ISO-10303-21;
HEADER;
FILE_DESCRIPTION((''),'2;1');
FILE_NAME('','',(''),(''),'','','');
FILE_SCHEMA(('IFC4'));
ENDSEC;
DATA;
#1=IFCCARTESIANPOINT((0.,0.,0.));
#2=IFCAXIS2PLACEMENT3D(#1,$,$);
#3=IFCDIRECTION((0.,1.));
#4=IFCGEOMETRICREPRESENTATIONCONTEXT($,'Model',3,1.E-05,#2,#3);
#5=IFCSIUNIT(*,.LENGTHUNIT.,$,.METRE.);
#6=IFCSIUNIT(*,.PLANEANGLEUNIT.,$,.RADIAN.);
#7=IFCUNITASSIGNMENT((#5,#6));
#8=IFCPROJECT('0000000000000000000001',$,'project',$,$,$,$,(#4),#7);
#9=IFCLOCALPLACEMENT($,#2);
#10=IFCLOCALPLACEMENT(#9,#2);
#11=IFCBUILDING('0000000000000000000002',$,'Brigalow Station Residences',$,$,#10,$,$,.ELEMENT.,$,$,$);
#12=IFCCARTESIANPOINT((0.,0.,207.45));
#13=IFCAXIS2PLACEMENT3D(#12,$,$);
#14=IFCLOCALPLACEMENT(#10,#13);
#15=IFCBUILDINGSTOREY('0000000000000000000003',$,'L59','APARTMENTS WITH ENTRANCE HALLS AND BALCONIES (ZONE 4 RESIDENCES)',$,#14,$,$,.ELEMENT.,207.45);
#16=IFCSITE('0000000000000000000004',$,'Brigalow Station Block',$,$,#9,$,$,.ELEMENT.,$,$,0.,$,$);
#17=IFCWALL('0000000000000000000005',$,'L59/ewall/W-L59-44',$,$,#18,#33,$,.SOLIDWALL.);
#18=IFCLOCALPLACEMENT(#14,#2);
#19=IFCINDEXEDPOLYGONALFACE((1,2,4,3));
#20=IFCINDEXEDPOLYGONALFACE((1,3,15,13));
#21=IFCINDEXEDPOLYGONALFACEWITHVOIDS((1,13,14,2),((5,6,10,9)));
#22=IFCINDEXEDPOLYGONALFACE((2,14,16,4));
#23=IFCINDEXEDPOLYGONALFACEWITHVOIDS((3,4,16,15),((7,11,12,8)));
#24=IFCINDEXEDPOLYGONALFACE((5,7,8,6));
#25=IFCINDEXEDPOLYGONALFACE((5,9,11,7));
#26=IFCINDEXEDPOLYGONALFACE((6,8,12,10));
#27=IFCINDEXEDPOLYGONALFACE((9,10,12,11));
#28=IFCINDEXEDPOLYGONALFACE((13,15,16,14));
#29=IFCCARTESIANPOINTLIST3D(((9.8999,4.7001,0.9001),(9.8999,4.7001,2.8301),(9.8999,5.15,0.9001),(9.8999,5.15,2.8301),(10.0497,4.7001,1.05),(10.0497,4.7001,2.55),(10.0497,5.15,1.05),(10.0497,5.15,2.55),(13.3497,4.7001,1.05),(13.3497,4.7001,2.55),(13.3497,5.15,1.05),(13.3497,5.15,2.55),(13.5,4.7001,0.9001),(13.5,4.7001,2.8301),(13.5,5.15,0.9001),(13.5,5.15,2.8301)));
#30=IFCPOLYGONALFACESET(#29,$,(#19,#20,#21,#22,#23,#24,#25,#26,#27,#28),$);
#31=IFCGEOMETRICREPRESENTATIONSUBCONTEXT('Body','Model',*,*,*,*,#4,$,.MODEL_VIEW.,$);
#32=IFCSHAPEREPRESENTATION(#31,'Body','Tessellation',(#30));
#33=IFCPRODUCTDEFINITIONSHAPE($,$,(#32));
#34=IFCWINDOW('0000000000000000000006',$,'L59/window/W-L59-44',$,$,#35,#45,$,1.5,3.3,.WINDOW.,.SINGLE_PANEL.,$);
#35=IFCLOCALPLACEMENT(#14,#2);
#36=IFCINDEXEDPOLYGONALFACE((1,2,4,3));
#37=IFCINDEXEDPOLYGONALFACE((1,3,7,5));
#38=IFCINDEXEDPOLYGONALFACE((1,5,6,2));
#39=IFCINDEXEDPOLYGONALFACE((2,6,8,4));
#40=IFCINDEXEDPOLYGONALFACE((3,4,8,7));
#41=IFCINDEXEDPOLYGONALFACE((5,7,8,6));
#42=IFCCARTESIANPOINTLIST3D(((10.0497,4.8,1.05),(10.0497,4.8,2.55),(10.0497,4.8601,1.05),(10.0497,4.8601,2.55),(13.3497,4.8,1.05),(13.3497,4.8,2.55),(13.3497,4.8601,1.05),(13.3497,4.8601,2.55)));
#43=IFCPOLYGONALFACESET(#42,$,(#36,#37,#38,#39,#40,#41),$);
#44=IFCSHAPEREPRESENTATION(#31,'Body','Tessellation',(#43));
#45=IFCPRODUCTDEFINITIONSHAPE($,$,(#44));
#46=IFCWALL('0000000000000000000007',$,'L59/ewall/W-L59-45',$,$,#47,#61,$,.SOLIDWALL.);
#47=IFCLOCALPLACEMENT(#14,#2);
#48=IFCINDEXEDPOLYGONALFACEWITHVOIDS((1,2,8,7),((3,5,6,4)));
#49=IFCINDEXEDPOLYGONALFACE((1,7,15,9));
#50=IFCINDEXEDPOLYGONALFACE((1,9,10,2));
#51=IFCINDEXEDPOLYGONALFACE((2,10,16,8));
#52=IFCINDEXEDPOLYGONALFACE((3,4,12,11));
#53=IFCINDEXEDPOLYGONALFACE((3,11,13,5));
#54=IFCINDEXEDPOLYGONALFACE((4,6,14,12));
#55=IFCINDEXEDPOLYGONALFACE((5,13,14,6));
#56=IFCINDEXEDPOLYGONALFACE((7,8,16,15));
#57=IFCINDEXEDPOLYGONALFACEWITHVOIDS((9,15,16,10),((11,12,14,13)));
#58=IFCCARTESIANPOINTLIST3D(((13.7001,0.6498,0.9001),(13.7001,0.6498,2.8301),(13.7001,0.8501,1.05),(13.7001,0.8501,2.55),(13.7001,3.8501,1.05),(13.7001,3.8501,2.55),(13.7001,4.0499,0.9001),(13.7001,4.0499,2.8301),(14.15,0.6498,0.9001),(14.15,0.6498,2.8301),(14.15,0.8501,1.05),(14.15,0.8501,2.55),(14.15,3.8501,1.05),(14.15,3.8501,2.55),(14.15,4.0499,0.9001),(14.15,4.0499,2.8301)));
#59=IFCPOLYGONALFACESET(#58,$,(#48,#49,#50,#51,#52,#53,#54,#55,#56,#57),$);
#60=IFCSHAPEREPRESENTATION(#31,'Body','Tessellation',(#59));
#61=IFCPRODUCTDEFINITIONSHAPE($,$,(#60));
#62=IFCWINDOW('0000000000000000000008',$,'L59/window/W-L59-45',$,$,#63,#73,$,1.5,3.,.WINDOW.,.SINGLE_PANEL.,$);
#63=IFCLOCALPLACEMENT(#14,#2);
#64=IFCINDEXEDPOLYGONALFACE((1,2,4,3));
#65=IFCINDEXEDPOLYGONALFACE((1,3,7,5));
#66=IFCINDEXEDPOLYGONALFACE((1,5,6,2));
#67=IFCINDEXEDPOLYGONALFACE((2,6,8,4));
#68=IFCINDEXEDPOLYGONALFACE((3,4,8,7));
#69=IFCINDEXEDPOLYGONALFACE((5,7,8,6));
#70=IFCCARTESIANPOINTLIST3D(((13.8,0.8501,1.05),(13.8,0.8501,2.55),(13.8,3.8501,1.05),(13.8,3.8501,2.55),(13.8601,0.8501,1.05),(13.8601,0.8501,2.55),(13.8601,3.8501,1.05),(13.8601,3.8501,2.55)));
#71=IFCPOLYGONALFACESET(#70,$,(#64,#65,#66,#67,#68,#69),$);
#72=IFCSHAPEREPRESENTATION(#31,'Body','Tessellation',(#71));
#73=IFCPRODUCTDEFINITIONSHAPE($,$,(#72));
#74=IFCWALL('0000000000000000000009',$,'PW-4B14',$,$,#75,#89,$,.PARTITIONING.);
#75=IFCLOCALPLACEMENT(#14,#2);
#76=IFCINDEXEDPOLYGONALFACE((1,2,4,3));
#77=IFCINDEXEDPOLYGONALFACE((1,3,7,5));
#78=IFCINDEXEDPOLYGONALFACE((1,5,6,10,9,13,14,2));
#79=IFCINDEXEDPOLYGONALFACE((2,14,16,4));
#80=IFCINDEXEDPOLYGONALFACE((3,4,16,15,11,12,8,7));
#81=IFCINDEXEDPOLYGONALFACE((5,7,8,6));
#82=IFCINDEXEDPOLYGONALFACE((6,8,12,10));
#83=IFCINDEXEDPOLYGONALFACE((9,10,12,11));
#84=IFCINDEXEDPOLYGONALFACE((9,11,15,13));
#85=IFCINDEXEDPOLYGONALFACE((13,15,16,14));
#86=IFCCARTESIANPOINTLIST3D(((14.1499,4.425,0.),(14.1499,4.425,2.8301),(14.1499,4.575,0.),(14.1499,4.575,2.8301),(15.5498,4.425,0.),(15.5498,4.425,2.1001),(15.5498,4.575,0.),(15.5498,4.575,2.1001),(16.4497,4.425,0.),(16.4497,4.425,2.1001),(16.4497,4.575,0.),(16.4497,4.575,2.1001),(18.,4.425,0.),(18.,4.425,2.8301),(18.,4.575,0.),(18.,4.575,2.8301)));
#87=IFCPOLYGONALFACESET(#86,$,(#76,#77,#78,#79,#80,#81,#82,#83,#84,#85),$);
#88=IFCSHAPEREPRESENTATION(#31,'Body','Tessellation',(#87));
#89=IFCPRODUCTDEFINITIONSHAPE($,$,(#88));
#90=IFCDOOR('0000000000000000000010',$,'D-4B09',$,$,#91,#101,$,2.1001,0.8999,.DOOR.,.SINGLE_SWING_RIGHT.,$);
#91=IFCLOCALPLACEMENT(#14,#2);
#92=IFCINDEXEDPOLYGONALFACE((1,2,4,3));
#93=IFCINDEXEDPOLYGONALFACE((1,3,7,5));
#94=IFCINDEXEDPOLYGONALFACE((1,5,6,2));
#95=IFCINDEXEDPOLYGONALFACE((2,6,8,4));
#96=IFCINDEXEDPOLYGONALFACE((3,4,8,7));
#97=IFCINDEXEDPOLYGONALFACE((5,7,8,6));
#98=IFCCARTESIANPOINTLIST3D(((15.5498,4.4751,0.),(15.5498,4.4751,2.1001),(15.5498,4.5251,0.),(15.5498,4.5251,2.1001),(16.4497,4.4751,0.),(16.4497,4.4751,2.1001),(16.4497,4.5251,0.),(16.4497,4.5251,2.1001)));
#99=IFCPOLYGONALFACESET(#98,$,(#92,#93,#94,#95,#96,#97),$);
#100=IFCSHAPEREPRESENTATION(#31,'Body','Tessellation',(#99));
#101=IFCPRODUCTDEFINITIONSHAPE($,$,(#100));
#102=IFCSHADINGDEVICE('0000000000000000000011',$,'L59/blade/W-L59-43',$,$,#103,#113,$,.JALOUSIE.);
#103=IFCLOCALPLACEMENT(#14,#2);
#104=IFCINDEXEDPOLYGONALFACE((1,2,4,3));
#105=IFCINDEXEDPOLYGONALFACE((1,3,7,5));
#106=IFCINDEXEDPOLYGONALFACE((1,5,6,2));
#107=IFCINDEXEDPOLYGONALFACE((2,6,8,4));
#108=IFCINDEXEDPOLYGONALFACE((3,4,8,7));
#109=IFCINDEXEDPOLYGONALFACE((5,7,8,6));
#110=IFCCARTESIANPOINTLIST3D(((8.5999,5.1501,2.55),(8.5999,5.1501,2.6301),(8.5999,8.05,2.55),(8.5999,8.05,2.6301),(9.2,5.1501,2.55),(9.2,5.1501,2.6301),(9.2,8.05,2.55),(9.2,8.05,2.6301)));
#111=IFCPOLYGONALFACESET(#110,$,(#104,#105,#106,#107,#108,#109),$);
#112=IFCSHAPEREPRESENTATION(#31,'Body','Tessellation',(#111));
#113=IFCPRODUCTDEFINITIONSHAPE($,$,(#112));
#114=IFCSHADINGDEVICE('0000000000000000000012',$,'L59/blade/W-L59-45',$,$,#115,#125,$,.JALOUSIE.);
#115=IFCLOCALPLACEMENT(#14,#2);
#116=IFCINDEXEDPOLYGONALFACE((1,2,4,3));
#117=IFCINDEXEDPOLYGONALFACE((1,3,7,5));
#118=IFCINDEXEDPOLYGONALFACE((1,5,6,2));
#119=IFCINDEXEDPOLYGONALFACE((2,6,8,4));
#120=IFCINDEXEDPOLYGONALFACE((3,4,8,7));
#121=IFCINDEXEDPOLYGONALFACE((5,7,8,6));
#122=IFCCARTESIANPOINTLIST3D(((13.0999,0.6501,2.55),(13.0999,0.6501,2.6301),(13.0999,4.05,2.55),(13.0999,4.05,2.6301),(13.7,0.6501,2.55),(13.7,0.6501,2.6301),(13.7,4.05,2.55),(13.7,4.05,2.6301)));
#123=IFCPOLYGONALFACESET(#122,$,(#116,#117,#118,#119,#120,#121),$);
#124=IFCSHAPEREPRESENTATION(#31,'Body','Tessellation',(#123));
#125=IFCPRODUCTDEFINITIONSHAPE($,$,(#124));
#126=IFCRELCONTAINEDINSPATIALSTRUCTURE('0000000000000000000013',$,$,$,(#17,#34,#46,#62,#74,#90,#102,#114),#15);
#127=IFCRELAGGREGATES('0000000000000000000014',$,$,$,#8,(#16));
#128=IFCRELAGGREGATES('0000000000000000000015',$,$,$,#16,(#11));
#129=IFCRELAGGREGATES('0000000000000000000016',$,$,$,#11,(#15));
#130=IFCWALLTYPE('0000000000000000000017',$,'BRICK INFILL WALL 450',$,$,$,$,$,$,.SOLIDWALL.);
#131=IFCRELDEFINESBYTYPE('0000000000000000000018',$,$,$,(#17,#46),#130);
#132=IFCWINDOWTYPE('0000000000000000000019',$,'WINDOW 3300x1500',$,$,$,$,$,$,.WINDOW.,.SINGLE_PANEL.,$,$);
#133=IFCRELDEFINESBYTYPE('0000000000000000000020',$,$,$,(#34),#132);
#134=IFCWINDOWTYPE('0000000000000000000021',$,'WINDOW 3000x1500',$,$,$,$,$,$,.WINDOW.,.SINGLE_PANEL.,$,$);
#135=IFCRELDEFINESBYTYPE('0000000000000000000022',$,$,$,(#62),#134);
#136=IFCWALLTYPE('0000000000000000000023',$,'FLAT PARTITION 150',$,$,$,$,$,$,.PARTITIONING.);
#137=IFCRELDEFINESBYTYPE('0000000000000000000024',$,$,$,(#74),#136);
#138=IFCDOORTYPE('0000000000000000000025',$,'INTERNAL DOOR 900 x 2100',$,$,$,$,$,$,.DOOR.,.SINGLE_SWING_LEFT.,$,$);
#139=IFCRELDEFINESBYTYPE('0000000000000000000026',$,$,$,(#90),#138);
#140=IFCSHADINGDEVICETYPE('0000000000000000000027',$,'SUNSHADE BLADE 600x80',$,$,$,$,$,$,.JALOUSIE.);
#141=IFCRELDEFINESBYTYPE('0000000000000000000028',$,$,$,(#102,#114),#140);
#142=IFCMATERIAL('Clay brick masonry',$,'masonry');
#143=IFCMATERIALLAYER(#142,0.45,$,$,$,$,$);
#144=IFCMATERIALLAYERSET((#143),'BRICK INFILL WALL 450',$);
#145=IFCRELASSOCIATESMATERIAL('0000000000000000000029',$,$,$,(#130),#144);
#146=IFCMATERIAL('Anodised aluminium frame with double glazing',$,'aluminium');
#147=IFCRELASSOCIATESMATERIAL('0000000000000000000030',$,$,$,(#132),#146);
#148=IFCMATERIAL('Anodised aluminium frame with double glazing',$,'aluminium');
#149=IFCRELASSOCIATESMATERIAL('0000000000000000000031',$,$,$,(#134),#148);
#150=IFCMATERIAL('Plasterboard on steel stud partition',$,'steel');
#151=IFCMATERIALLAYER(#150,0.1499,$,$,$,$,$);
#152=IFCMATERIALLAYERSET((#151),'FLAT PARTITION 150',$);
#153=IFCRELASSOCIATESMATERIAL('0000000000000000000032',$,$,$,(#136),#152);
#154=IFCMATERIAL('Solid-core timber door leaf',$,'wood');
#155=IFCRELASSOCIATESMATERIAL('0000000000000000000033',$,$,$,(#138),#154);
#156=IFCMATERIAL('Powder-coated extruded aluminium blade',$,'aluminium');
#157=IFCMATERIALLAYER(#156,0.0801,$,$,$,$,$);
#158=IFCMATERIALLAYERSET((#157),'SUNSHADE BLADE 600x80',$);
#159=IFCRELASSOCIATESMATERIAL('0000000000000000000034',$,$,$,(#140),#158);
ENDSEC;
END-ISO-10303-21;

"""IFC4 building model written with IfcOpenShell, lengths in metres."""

from ifc_helpers import new_model, si_unit, direction, frame, frame_2d, origin, origin_2d, place, context, subcontext, project, spatial, rectangle, extrude, material, layer, layer_set, type_object, element, fill, save


model = new_model("IFC4")

# Units and contexts
model_context = context("Model", 3, precision=1e-05, world=origin(), true_north=direction((0.0, 1.0)))
body_context = subcontext(model_context, "Body", "Model", "MODEL_VIEW")
ifc_project = project(units=[si_unit("LENGTHUNIT", "METRE"), si_unit("PLANEANGLEUNIT", "RADIAN")], contexts=[model_context])

# Site, building, storey
site_placement = place(None, origin())
site = spatial("IfcSite", under=ifc_project, at=site_placement, Name="Brigalow Station Block", CompositionType="ELEMENT", RefElevation=0.0)
building_placement = place(site_placement, origin())
building = spatial("IfcBuilding", under=site, at=building_placement, Name="Brigalow Station Residences", CompositionType="ELEMENT")
storey_placement = place(building_placement, frame((0.0, 0.0, 207.45)))
storey = spatial("IfcBuildingStorey", under=building, at=storey_placement, Name="L59", Description="APARTMENTS WITH ENTRANCE HALLS AND BALCONIES (ZONE 4 RESIDENCES)", CompositionType="ELEMENT", Elevation=207.45)

# Walls, openings, windows
ifc_material_1 = material(Name="Clay brick masonry", Category="masonry")
ifc_layer_1 = layer(ifc_material_1, 0.45)
ifc_layer_set_1 = layer_set([ifc_layer_1], Name="BRICK INFILL WALL 450")
wall_type_1 = type_object("IfcWallType", Name="BRICK INFILL WALL 450", PredefinedType="SOLIDWALL", material=ifc_layer_set_1)
wall_1_placement = place(storey_placement, frame((9.8999, 4.925, 0.9001), z_axis=(0.0, 0.0, 1.0), x_axis=(1.0, 0.0, 0.0)))
wall_1 = element("IfcWall", 1, at=wall_1_placement, inside=storey, type_object=wall_type_1, Name="L59/ewall/W-L59-44", PredefinedType="SOLIDWALL", context=body_context, shape_type="SweptSolid", body=[
    extrude(rectangle(XDim=3.6001, YDim=0.45, at=frame_2d((1.8, 0.0))), origin(), (0.0, 0.0, 1.0), 1.9299),
])
opening_1_placement = place(wall_1_placement, frame((0.1499, 0.0, 0.1499)))
opening_1 = element("IfcOpeningElement", 2, at=opening_1_placement, cuts=wall_1, PredefinedType="OPENING", context=body_context, shape_type="SweptSolid", body=[
    extrude(rectangle(XDim=3.3, YDim=1.5, at=frame_2d((1.6499, 0.75))), frame((0.0, 0.2349, 0.0), z_axis=(0.0, -1.0, 0.0), x_axis=(1.0, 0.0, 0.0)), (0.0, 0.0, 1.0), 0.47),
])
ifc_material_2 = material(Name="Anodised aluminium frame with double glazing", Category="aluminium")
window_type_1 = type_object("IfcWindowType", Name="WINDOW 3300x1500", PartitioningType="SINGLE_PANEL", PredefinedType="WINDOW", material=ifc_material_2)
window_1_placement = place(opening_1_placement, origin())
window_1 = element("IfcWindow", 3, at=window_1_placement, inside=storey, type_object=window_type_1, Name="L59/window/W-L59-44", OverallHeight=1.5, OverallWidth=3.3, PartitioningType="SINGLE_PANEL", PredefinedType="WINDOW", context=body_context, shape_type="SweptSolid", body=[
    extrude(rectangle(XDim=3.3, YDim=1.5, at=frame_2d((1.6499, 0.75))), frame((0.0, -0.0649, 0.0), z_axis=(0.0, -1.0, 0.0), x_axis=(1.0, 0.0, 0.0)), (0.0, 0.0, 1.0), 0.0601),
])
fill(opening_1, window_1)
wall_2_placement = place(storey_placement, frame((13.925, 4.05, 0.9001), z_axis=(0.0, 0.0, 1.0), x_axis=(0.0, -1.0, 0.0)))
wall_2 = element("IfcWall", 4, at=wall_2_placement, inside=storey, type_object=wall_type_1, Name="L59/ewall/W-L59-45", PredefinedType="SOLIDWALL", context=body_context, shape_type="SweptSolid", body=[
    extrude(rectangle(XDim=3.4001, YDim=0.45, at=frame_2d((1.7002, 0.0))), origin(), (0.0, 0.0, 1.0), 1.9299),
])
opening_2_placement = place(wall_2_placement, frame((0.2, 0.0, 0.1499)))
opening_2 = element("IfcOpeningElement", 5, at=opening_2_placement, cuts=wall_2, PredefinedType="OPENING", context=body_context, shape_type="SweptSolid", body=[
    extrude(rectangle(XDim=3.0, YDim=1.5, at=frame_2d((1.5, 0.75))), frame((0.0, 0.2349, 0.0), z_axis=(0.0, -1.0, 0.0), x_axis=(1.0, 0.0, 0.0)), (0.0, 0.0, 1.0), 0.47),
])
ifc_material_3 = material(Name="Anodised aluminium frame with double glazing", Category="aluminium")
window_type_2 = type_object("IfcWindowType", Name="WINDOW 3000x1500", PartitioningType="SINGLE_PANEL", PredefinedType="WINDOW", material=ifc_material_3)
window_2_placement = place(opening_2_placement, origin())
window_2 = element("IfcWindow", 6, at=window_2_placement, inside=storey, type_object=window_type_2, Name="L59/window/W-L59-45", OverallHeight=1.5, OverallWidth=3.0, PartitioningType="SINGLE_PANEL", PredefinedType="WINDOW", context=body_context, shape_type="SweptSolid", body=[
    extrude(rectangle(XDim=3.0, YDim=1.5, at=frame_2d((1.5, 0.75))), frame((0.0, -0.0649, 0.0), z_axis=(0.0, -1.0, 0.0), x_axis=(1.0, 0.0, 0.0)), (0.0, 0.0, 1.0), 0.0601),
])
fill(opening_2, window_2)

# Wall, opening, door
ifc_material_4 = material(Name="Plasterboard on steel stud partition", Category="steel")
ifc_layer_2 = layer(ifc_material_4, 0.1499)
ifc_layer_set_2 = layer_set([ifc_layer_2], Name="FLAT PARTITION 150")
wall_type_2 = type_object("IfcWallType", Name="FLAT PARTITION 150", PredefinedType="PARTITIONING", material=ifc_layer_set_2)
wall_3_placement = place(storey_placement, frame((14.1499, 4.5, 0.0), z_axis=(0.0, 0.0, 1.0), x_axis=(1.0, 0.0, 0.0)))
wall_3 = element("IfcWall", 7, at=wall_3_placement, inside=storey, type_object=wall_type_2, Name="PW-4B14", PredefinedType="PARTITIONING", context=body_context, shape_type="SweptSolid", body=[
    extrude(rectangle(XDim=3.8501, YDim=0.1499, at=frame_2d((1.925, 0.0))), origin(), (0.0, 0.0, 1.0), 2.8301),
])
opening_3_placement = place(wall_3_placement, frame((1.3999, 0.0, 0.0)))
opening_3 = element("IfcOpeningElement", 8, at=opening_3_placement, cuts=wall_3, PredefinedType="OPENING", context=body_context, shape_type="SweptSolid", body=[
    extrude(rectangle(XDim=0.8999, YDim=2.1001, at=frame_2d((0.45, 1.05))), frame((0.0, 0.085, 0.0), z_axis=(0.0, -1.0, 0.0), x_axis=(1.0, 0.0, 0.0)), (0.0, 0.0, 1.0), 0.1699),
])
ifc_material_5 = material(Name="Solid-core timber door leaf", Category="wood")
door_type = type_object("IfcDoorType", Name="INTERNAL DOOR 900 x 2100", OperationType="SINGLE_SWING_LEFT", PredefinedType="DOOR", material=ifc_material_5)
door_placement = place(opening_3_placement, frame((0.8999, 0.0, 0.0), z_axis=(0.0, 0.0, 1.0), x_axis=(-1.0, 0.0, 0.0)))
door = element("IfcDoor", 9, at=door_placement, inside=storey, type_object=door_type, Name="D-4B09", OperationType="SINGLE_SWING_RIGHT", OverallHeight=2.1001, OverallWidth=0.8999, PredefinedType="DOOR", context=body_context, shape_type="SweptSolid", body=[
    extrude(rectangle(XDim=0.8999, YDim=2.1001, at=frame_2d((0.45, 1.05))), frame((0.0, 0.0249, 0.0), z_axis=(0.0, -1.0, 0.0), x_axis=(1.0, 0.0, 0.0)), (0.0, 0.0, 1.0), 0.05),
])
fill(opening_3, door)

# Shading devices
ifc_material_6 = material(Name="Powder-coated extruded aluminium blade", Category="aluminium")
ifc_layer_3 = layer(ifc_material_6, 0.0801)
ifc_layer_set_3 = layer_set([ifc_layer_3], Name="SUNSHADE BLADE 600x80")
shading_device_type = type_object("IfcShadingDeviceType", Name="SUNSHADE BLADE 600x80", PredefinedType="JALOUSIE", material=ifc_layer_set_3)
shading_device_1_placement = place(storey_placement, frame((8.8999, 6.6001, 2.55), z_axis=(0.0, 0.0, 1.0), x_axis=(0.0, -1.0, 0.0)))
element("IfcShadingDevice", 10, at=shading_device_1_placement, inside=storey, type_object=shading_device_type, Name="L59/blade/W-L59-43", PredefinedType="JALOUSIE", context=body_context, shape_type="SweptSolid", body=[
    extrude(rectangle(XDim=2.8999, YDim=0.6001, at=origin_2d()), origin(), (0.0, 0.0, 1.0), 0.0801),
])
shading_device_2_placement = place(storey_placement, frame((13.3999, 2.3501, 2.55), z_axis=(0.0, 0.0, 1.0), x_axis=(0.0, -1.0, 0.0)))
element("IfcShadingDevice", 11, at=shading_device_2_placement, inside=storey, type_object=shading_device_type, Name="L59/blade/W-L59-45", PredefinedType="JALOUSIE", context=body_context, shape_type="SweptSolid", body=[
    extrude(rectangle(XDim=3.3999, YDim=0.6001, at=origin_2d()), origin(), (0.0, 0.0, 1.0), 0.0801),
])

save(model, "model.ifc")
